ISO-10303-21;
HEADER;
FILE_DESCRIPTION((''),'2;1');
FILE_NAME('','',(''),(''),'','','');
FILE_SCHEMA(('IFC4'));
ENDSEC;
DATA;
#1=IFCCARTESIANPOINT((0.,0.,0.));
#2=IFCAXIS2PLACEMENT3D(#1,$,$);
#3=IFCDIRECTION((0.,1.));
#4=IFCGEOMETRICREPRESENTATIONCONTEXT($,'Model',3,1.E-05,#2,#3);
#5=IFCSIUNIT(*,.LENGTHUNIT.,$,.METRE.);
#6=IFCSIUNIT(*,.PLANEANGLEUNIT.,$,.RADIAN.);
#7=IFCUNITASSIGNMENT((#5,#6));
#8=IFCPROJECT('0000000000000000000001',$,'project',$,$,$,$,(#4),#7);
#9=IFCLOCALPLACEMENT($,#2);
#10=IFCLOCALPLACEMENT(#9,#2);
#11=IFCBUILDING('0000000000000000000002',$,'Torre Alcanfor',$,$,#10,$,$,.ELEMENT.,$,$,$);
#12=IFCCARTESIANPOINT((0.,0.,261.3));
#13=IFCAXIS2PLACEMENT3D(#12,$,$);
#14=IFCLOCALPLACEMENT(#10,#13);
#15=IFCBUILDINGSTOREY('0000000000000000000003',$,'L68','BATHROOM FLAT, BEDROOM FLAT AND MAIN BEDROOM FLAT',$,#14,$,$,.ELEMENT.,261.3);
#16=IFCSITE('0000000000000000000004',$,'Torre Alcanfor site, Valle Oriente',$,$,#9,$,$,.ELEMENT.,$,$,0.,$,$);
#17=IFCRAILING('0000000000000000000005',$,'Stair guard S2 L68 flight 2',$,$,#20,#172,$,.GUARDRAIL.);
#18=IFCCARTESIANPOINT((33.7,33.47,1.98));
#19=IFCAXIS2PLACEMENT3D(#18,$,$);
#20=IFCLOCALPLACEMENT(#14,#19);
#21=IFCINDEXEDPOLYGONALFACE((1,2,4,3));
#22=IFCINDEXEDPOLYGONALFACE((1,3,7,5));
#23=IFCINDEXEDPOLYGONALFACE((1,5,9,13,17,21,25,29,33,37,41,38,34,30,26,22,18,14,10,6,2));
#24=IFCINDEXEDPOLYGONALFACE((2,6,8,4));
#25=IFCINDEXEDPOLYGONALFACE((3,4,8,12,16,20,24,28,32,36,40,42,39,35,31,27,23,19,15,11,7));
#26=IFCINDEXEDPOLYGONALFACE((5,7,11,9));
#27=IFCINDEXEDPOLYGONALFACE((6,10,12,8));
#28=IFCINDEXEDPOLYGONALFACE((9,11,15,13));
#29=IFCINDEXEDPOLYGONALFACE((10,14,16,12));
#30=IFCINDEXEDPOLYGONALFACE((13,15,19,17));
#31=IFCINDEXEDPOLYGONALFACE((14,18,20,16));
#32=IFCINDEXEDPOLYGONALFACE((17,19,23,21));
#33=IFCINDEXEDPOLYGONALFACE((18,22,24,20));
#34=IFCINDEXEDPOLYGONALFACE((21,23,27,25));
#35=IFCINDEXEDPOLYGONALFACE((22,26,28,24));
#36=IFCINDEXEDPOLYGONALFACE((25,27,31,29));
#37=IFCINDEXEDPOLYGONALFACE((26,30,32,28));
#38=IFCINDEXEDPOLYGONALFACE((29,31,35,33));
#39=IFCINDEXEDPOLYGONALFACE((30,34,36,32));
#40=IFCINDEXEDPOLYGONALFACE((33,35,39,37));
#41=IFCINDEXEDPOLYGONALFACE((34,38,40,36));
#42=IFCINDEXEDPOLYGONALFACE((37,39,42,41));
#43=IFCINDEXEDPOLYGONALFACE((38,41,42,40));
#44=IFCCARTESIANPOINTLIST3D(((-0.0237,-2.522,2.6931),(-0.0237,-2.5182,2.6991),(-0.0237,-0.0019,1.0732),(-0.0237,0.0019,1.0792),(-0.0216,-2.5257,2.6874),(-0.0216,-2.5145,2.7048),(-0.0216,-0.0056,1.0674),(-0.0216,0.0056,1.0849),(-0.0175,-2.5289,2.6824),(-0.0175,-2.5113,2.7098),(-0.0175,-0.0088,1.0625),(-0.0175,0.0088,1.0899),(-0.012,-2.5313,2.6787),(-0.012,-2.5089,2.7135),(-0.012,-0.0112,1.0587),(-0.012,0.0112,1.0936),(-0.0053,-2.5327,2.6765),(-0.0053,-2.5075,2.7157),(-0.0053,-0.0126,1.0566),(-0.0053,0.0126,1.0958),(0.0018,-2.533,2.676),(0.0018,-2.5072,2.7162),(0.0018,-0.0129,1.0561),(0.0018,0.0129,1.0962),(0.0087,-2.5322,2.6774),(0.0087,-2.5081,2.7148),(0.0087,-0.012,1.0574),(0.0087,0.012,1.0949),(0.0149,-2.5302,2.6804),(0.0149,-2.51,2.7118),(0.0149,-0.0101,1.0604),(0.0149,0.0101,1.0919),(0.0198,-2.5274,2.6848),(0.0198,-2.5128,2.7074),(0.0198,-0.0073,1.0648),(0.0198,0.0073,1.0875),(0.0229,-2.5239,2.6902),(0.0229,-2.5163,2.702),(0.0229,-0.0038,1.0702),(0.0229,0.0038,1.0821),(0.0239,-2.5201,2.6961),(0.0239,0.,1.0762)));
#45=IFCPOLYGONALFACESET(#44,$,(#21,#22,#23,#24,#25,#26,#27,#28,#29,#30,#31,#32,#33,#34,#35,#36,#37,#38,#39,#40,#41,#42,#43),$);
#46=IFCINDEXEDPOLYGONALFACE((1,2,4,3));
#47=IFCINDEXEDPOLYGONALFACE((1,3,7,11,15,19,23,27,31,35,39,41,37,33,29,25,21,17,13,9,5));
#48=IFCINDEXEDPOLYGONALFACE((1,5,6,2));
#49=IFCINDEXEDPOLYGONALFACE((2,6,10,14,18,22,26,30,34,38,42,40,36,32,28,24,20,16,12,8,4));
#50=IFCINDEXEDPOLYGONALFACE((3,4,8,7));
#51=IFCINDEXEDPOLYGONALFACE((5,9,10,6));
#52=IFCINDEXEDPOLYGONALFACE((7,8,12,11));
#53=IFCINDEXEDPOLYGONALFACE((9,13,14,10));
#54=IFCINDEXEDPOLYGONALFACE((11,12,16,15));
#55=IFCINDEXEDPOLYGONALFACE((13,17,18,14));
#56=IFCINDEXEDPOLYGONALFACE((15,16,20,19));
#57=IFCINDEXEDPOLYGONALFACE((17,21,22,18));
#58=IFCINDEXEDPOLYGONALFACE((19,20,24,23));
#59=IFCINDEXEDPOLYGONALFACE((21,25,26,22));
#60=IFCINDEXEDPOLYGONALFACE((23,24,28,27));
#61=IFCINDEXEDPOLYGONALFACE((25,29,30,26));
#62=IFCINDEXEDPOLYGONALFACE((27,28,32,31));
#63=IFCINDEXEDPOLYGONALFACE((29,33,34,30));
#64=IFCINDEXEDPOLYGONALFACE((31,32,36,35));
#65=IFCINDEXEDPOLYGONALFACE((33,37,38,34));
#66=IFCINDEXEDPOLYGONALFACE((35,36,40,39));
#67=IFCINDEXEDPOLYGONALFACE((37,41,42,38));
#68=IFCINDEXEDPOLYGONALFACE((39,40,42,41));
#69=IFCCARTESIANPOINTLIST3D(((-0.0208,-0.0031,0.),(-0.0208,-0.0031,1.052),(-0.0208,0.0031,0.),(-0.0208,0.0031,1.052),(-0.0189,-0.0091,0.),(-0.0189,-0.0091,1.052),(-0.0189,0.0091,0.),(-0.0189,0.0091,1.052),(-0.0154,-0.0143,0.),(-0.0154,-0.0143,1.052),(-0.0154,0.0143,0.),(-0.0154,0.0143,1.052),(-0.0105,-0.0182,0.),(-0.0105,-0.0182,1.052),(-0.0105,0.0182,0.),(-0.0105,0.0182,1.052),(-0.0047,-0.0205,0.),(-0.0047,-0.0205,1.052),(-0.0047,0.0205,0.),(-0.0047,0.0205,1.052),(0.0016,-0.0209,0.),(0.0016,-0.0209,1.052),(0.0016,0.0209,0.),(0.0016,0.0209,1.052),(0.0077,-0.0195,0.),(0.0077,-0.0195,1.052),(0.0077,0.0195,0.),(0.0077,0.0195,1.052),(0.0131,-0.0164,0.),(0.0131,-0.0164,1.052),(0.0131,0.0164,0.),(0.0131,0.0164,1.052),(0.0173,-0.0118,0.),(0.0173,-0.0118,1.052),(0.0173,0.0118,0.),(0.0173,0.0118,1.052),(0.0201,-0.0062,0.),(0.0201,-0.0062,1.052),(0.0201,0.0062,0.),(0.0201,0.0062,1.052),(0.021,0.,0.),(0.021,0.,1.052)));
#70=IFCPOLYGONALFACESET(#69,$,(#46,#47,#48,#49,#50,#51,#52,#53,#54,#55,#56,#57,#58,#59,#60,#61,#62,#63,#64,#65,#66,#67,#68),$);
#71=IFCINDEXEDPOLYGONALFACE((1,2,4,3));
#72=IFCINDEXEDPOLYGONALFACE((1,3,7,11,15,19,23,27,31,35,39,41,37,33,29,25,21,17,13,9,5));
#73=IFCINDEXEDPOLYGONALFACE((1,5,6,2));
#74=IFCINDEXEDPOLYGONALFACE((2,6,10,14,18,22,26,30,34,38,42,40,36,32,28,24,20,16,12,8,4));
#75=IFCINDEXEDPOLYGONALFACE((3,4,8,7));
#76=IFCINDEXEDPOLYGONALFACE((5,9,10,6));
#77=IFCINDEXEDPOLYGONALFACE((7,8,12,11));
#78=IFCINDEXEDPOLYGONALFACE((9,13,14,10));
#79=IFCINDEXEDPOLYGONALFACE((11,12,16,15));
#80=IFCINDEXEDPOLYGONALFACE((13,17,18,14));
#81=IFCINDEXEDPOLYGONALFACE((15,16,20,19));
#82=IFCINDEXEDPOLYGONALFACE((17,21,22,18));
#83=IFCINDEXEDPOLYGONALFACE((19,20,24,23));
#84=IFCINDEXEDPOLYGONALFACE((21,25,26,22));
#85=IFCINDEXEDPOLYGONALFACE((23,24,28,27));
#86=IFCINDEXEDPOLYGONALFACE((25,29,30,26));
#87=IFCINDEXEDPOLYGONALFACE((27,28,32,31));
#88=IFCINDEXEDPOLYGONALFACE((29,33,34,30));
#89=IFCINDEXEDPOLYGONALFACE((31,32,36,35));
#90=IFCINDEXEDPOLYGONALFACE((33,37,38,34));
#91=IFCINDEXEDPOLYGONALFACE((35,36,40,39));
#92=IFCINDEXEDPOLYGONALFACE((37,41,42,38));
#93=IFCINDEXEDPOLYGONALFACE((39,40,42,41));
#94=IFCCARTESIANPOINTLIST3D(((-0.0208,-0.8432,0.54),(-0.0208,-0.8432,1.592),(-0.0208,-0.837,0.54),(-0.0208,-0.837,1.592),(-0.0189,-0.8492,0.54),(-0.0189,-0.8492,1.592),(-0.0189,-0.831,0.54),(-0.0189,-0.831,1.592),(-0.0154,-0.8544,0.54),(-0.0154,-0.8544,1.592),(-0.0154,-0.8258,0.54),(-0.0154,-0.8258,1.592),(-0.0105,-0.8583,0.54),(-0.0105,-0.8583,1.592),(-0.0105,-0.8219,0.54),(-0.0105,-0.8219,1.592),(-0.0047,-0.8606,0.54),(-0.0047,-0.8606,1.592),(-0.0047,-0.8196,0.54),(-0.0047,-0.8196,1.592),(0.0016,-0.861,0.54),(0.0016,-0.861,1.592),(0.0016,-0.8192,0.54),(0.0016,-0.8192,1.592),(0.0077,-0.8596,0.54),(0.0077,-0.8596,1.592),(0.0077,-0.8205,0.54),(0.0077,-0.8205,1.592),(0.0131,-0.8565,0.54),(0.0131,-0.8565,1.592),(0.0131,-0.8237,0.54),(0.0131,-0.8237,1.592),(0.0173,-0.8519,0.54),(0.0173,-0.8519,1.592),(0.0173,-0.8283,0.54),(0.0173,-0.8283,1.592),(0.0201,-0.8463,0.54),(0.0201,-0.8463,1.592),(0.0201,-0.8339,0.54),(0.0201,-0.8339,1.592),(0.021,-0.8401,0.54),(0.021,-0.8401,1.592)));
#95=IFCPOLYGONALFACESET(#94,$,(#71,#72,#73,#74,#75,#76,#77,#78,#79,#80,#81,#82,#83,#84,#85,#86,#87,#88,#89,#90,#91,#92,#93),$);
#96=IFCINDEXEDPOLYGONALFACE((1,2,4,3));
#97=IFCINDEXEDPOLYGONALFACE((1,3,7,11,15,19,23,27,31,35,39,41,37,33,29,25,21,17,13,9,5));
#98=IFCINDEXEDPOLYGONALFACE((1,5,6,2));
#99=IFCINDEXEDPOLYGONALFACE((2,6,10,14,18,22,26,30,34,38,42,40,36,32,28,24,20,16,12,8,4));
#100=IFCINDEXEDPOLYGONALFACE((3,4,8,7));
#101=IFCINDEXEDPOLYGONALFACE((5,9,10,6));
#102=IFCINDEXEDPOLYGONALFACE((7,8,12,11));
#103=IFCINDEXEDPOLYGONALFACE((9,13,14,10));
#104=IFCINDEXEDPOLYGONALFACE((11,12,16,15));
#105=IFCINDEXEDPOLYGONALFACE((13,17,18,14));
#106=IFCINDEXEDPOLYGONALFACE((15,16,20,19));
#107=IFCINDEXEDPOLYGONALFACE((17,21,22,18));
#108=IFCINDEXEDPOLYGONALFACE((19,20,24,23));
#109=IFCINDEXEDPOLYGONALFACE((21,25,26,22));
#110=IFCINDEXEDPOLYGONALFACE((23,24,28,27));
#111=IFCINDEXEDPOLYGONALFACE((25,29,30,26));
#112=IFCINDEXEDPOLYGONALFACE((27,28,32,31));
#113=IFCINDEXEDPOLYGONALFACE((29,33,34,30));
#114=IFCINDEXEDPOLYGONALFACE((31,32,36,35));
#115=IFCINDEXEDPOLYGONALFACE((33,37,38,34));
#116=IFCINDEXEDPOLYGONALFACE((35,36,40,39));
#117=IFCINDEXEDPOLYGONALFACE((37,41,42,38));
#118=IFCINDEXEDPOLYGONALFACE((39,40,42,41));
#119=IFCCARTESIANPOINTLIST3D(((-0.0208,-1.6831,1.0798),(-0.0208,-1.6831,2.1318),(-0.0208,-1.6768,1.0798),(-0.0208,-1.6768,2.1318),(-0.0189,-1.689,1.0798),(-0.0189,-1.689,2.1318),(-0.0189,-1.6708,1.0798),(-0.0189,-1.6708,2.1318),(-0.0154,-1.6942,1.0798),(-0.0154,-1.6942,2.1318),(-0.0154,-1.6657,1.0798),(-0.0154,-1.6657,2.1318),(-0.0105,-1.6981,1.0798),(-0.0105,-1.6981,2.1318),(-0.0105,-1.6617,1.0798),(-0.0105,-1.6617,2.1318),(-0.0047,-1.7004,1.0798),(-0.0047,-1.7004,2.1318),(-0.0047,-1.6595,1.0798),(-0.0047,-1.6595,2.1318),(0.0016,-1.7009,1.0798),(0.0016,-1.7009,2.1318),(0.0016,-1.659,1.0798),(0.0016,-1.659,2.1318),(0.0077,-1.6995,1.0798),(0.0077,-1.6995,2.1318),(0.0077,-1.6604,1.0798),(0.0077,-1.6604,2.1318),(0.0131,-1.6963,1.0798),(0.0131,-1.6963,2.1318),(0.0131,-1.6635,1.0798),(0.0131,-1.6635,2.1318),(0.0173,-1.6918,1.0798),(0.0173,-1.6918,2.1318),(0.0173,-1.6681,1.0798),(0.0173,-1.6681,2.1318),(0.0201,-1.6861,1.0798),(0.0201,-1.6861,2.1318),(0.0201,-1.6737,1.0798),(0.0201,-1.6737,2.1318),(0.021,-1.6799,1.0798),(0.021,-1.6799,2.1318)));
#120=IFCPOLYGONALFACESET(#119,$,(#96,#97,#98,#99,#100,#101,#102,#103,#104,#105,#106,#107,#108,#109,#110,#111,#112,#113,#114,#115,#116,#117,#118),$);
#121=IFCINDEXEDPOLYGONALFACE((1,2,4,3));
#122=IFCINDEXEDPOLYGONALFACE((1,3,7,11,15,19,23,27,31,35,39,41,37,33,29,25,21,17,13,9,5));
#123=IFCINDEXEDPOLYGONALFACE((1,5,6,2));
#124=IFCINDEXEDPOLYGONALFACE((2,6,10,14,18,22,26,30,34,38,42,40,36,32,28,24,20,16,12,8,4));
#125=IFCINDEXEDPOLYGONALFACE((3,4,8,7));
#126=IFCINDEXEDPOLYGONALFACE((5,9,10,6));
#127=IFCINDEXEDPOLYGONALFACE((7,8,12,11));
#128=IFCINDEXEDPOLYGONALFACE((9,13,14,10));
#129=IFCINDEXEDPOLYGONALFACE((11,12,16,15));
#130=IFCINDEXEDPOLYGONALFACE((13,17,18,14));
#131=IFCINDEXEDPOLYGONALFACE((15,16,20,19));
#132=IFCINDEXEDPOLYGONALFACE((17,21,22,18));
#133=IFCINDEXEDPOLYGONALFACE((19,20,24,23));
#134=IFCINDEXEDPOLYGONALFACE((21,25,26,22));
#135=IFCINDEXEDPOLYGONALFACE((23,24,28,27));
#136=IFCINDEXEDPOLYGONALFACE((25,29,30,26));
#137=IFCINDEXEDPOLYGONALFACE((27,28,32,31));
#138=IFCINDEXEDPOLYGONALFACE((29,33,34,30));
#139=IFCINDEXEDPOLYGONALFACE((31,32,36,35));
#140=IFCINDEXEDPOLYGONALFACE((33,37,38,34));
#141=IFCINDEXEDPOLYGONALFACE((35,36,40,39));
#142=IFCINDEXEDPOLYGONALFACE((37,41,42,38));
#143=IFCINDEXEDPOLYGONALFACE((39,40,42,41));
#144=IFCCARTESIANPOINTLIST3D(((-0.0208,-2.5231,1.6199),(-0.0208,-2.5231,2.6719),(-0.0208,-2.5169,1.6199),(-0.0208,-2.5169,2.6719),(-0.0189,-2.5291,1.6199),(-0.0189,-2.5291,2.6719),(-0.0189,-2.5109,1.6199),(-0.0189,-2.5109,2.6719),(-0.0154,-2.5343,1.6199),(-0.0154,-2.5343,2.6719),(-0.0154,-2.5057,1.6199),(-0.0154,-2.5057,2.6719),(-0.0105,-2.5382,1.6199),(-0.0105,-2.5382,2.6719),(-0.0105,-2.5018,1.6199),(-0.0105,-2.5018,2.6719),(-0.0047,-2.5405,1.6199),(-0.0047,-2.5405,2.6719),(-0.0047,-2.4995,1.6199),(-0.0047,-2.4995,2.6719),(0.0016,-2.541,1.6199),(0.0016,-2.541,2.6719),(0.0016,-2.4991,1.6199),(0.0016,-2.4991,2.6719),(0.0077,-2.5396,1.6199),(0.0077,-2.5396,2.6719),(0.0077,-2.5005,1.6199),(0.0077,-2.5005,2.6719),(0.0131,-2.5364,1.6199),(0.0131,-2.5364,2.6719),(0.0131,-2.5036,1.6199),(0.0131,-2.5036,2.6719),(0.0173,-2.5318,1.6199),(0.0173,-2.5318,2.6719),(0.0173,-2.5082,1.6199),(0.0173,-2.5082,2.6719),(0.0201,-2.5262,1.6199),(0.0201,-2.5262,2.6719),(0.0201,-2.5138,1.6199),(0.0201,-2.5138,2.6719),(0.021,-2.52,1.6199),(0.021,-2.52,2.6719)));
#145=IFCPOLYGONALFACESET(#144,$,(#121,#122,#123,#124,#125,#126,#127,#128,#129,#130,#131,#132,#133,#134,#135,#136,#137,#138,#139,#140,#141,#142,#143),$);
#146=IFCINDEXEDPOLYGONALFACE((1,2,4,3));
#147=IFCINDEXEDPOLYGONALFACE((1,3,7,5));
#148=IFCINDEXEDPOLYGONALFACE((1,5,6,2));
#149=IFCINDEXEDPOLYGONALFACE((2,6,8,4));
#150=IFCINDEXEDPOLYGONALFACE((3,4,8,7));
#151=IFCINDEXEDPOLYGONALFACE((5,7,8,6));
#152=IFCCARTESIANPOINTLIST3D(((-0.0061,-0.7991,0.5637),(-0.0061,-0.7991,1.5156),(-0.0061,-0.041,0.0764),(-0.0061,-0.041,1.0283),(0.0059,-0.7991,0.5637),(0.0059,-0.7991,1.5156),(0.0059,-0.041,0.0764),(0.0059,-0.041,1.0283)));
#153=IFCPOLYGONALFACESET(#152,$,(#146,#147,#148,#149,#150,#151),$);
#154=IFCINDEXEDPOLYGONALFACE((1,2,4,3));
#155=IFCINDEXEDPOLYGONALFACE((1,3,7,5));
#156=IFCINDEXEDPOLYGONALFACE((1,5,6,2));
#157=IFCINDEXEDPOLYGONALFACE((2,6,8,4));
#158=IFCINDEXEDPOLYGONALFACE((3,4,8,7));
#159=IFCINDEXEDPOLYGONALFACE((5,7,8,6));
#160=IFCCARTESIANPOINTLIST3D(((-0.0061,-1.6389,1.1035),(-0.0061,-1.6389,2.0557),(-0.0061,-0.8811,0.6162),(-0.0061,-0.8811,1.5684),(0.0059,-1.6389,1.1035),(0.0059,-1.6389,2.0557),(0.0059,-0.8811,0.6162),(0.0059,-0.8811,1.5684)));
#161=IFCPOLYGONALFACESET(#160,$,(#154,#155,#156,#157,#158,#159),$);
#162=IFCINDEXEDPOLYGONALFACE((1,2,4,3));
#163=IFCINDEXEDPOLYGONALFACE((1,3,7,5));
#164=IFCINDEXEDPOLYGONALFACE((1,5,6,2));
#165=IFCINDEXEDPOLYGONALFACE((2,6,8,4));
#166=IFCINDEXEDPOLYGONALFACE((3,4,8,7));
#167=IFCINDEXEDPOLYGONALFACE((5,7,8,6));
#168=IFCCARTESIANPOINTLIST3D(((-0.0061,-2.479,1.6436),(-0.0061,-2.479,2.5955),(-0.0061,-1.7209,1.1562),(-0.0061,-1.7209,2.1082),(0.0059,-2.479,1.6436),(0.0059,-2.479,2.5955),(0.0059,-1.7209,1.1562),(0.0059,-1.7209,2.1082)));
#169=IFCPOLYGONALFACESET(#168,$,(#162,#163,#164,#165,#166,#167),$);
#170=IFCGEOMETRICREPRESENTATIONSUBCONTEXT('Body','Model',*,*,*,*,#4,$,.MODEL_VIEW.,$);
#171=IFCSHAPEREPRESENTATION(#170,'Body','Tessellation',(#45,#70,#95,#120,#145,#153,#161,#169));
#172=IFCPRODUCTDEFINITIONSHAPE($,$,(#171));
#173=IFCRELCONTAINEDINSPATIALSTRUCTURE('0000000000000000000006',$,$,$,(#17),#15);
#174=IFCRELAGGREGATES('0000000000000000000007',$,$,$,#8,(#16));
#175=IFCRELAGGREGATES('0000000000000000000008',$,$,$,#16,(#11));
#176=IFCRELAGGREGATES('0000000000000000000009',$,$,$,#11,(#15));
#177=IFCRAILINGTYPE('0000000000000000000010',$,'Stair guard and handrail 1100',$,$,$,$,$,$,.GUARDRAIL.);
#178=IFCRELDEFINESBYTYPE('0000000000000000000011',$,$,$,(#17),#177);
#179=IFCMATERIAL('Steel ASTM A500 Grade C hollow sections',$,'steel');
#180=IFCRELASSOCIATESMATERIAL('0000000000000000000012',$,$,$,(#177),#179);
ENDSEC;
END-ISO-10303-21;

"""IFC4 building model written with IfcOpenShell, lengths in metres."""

from ifc_helpers import new_model, si_unit, direction, frame, origin, origin_2d, place, context, subcontext, project, spatial, polyline, circle, outline, extrude, material, type_object, element, save


model = new_model("IFC4")

# Units and contexts
model_context = context("Model", 3, precision=1e-05, world=origin(), true_north=direction((0.0, 1.0)))
body_context = subcontext(model_context, "Body", "Model", "MODEL_VIEW")
ifc_project = project(units=[si_unit("LENGTHUNIT", "METRE"), si_unit("PLANEANGLEUNIT", "RADIAN")], contexts=[model_context])

# Site, building, storey
site_placement = place(None, origin())
site = spatial("IfcSite", under=ifc_project, at=site_placement, Name="Torre Alcanfor site, Valle Oriente", CompositionType="ELEMENT", RefElevation=0.0)
building_placement = place(site_placement, origin())
building = spatial("IfcBuilding", under=site, at=building_placement, Name="Torre Alcanfor", CompositionType="ELEMENT")
storey_placement = place(building_placement, frame((0.0, 0.0, 261.3)))
storey = spatial("IfcBuildingStorey", under=building, at=storey_placement, Name="L68", Description="BATHROOM FLAT, BEDROOM FLAT AND MAIN BEDROOM FLAT", CompositionType="ELEMENT", Elevation=261.3)

# Railing
ifc_material_1 = material(Name="Steel ASTM A500 Grade C hollow sections", Category="steel")
railing_type_1 = type_object("IfcRailingType", Name="Stair guard and handrail 1100", PredefinedType="GUARDRAIL", material=ifc_material_1)
railing_1_placement = place(storey_placement, frame((33.7, 33.47, 1.98)))
element("IfcRailing", 1, at=railing_1_placement, inside=storey, type_object=railing_type_1, Name="Stair guard S2 L68 flight 2", PredefinedType="GUARDRAIL", context=body_context, shape_type="SweptSolid", body=[
    extrude(circle(Radius=0.0239, at=origin_2d()), frame((0.0, 0.0, 1.0762), z_axis=(0.0, -0.8412, 0.540725), x_axis=(1.0, 0.0, 0.0)), (0.0, 0.0, 1.0), 2.9958),
    extrude(circle(Radius=0.021, at=origin_2d()), origin(), (0.0, 0.0, 1.0), 1.052),
    extrude(circle(Radius=0.021, at=origin_2d()), frame((0.0, -0.8401, 0.54)), (0.0, 0.0, 1.0), 1.052),
    extrude(circle(Radius=0.021, at=origin_2d()), frame((0.0, -1.6799, 1.0798)), (0.0, 0.0, 1.0), 1.052),
    extrude(circle(Radius=0.021, at=origin_2d()), frame((0.0, -2.52, 1.6199)), (0.0, 0.0, 1.0), 1.052),
    extrude(outline(polyline([(0.041, 0.0764), (0.7991, 0.5637), (0.7991, 1.5156), (0.041, 1.0283), (0.041, 0.0764)])), frame((0.0059, 0.0, 0.0), z_axis=(-1.0, 0.0, 0.0), x_axis=(0.0, -1.0, 0.0)), (0.0, 0.0, 1.0), 0.012),
    extrude(outline(polyline([(0.8811, 0.6162), (1.6389, 1.1035), (1.6389, 2.0557), (0.8811, 1.5684), (0.8811, 0.6162)])), frame((0.0059, 0.0, 0.0), z_axis=(-1.0, 0.0, 0.0), x_axis=(0.0, -1.0, 0.0)), (0.0, 0.0, 1.0), 0.012),
    extrude(outline(polyline([(1.7209, 1.1562), (2.479, 1.6436), (2.479, 2.5955), (1.7209, 2.1082), (1.7209, 1.1562)])), frame((0.0059, 0.0, 0.0), z_axis=(-1.0, 0.0, 0.0), x_axis=(0.0, -1.0, 0.0)), (0.0, 0.0, 1.0), 0.012),
])

save(model, "model.ifc")
